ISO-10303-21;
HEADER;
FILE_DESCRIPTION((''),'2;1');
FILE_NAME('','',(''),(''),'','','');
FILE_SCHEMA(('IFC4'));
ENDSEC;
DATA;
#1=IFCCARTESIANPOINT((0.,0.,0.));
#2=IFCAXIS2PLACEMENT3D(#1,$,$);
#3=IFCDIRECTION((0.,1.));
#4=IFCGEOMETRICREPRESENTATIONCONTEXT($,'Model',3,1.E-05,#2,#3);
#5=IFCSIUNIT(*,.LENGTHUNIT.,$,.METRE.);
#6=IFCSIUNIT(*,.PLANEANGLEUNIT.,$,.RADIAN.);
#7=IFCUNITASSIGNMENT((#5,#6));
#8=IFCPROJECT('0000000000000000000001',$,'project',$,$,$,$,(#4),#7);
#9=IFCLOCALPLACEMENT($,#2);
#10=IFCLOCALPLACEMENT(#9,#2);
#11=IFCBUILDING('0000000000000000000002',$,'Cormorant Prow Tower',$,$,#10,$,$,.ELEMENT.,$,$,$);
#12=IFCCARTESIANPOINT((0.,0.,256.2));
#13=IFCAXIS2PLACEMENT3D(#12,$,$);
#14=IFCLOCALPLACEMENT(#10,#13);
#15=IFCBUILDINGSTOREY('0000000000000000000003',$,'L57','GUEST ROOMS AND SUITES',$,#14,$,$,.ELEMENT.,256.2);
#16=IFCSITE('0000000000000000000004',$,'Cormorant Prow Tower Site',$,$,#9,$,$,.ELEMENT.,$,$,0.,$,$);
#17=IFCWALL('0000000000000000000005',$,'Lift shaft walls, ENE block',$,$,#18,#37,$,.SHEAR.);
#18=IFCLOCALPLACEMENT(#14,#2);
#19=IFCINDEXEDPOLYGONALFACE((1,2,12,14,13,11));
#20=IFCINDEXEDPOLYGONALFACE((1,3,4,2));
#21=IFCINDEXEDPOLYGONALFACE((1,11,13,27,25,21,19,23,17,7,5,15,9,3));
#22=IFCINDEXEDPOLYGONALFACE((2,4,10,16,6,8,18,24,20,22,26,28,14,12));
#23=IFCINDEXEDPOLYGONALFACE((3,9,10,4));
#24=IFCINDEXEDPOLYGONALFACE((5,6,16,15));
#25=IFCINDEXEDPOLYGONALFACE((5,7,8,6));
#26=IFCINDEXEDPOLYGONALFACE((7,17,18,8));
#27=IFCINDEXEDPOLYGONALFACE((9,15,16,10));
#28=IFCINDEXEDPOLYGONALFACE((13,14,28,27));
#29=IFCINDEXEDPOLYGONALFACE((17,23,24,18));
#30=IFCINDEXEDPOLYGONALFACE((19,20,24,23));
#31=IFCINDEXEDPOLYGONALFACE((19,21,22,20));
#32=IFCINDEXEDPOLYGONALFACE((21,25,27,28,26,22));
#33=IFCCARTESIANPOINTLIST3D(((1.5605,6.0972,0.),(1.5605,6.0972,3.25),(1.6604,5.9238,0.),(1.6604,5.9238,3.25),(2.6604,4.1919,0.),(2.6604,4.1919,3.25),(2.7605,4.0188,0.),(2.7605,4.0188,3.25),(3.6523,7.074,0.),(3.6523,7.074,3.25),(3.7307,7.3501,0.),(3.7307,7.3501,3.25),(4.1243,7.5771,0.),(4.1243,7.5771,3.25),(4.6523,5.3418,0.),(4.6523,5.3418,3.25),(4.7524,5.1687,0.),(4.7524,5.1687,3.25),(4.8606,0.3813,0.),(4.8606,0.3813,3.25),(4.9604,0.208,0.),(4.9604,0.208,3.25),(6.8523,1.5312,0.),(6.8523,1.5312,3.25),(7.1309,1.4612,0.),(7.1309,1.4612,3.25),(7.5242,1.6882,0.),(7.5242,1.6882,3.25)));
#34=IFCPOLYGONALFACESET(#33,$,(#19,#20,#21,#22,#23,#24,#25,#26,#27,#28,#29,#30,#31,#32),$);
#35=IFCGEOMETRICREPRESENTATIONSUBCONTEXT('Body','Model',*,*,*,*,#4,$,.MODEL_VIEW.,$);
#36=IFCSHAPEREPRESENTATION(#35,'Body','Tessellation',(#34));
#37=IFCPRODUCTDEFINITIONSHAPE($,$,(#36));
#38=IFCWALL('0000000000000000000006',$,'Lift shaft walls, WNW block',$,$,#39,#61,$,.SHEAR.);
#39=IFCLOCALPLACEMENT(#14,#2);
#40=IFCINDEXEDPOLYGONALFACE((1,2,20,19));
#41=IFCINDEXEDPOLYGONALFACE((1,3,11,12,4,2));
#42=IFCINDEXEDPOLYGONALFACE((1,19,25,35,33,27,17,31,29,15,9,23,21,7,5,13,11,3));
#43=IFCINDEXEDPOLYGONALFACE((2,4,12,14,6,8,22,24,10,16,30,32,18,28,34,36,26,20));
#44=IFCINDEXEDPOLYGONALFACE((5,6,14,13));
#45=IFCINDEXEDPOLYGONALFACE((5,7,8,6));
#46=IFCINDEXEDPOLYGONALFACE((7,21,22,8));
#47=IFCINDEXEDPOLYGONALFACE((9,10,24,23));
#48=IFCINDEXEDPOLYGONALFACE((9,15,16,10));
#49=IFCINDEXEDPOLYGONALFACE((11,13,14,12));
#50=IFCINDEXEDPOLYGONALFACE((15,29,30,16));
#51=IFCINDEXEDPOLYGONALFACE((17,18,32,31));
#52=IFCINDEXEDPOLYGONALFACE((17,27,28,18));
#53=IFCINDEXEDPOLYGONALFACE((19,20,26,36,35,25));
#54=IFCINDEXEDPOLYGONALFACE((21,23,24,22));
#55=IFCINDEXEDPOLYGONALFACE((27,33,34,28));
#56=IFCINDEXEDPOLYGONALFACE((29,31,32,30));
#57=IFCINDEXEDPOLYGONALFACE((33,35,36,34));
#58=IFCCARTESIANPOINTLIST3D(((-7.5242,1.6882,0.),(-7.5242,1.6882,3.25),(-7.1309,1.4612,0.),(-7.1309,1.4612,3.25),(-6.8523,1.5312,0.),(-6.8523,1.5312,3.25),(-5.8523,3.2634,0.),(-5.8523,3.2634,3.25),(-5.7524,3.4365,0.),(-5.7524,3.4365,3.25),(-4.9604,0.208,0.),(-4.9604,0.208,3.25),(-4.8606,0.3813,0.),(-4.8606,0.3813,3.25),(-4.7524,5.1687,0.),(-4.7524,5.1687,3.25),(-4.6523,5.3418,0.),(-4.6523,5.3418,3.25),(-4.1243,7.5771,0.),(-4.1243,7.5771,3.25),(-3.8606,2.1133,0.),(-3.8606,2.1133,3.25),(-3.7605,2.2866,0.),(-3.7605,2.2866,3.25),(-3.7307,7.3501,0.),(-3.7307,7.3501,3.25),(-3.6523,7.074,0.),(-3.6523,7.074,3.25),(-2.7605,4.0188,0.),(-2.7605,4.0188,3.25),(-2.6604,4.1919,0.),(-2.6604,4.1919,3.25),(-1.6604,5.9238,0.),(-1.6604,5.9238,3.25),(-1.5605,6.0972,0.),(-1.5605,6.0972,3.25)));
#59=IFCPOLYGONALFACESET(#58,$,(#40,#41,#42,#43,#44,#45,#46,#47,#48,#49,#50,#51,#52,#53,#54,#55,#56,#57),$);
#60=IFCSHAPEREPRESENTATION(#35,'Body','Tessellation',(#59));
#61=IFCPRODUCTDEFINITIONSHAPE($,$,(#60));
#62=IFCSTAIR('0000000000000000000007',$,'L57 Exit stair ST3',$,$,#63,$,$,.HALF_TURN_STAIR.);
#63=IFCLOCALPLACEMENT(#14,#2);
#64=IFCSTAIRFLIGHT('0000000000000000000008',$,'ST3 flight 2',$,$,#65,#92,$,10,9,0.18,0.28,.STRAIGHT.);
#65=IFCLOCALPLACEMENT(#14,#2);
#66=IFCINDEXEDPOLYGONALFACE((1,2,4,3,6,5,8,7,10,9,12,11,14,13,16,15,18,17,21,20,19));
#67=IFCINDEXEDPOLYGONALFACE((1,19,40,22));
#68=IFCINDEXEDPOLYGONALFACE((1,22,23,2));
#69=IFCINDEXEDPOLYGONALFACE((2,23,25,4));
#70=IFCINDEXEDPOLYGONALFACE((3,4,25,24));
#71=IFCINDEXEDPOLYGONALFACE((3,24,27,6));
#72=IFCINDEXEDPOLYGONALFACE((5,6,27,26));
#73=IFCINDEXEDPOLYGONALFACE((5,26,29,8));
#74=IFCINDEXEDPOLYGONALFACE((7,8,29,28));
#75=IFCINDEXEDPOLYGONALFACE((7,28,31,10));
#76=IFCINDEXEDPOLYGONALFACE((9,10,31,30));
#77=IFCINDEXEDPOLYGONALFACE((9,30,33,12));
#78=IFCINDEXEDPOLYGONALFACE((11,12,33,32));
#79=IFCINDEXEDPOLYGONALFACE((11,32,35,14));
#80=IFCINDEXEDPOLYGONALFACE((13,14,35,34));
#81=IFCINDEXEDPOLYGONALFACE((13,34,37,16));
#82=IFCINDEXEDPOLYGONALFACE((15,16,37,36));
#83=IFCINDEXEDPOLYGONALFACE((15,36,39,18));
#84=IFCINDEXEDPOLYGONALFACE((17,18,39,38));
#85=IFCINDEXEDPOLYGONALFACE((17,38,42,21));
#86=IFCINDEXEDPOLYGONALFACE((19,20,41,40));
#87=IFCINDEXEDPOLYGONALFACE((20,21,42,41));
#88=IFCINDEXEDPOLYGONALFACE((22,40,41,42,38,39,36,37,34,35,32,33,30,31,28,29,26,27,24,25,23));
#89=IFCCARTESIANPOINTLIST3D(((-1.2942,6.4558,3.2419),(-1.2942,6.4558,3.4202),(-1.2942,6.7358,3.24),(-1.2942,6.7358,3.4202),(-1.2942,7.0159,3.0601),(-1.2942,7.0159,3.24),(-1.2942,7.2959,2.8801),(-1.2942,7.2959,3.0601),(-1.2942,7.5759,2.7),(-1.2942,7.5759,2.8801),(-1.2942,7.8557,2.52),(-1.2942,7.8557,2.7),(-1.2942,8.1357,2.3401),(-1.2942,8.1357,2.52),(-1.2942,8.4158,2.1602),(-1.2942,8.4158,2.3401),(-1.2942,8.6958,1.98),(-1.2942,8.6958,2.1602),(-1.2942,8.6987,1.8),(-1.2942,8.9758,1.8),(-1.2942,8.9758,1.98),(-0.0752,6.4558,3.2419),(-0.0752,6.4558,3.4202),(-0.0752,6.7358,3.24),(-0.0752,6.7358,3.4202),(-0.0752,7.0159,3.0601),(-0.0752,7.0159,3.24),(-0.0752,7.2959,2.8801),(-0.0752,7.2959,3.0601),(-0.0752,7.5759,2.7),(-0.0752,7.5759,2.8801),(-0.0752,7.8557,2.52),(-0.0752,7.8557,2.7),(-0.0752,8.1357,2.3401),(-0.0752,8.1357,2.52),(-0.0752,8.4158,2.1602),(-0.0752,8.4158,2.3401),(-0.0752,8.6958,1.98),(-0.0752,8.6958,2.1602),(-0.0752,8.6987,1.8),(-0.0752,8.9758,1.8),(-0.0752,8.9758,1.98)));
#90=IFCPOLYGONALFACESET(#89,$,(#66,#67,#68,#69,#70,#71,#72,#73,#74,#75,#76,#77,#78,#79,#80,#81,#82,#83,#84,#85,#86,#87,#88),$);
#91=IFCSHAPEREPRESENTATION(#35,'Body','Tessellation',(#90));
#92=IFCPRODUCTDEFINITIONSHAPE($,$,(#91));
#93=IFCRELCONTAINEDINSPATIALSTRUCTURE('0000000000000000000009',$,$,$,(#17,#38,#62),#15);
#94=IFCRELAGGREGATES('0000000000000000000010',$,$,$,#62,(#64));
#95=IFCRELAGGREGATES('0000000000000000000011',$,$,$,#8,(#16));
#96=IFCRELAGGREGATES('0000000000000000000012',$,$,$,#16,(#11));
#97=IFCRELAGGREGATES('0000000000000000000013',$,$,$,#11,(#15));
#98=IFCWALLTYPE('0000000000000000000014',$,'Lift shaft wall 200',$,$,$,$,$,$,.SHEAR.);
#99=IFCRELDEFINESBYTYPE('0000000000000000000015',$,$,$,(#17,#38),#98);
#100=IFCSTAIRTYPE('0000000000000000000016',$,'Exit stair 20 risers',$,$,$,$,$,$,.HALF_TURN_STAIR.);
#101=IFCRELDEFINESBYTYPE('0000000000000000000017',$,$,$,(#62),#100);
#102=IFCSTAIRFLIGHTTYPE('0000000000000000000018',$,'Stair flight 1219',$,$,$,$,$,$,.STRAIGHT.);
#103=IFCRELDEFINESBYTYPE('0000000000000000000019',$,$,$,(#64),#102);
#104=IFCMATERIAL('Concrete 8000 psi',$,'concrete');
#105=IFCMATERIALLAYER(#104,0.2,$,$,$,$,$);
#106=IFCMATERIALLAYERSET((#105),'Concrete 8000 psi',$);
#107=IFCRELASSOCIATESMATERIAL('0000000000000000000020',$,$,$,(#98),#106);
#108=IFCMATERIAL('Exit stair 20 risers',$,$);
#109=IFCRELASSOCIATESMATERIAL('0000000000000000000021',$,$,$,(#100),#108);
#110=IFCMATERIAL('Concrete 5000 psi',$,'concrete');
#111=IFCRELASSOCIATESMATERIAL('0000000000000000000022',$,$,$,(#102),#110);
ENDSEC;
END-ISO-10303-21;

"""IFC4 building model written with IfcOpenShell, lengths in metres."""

from ifc_helpers import new_model, si_unit, direction, frame, origin, place, context, subcontext, project, spatial, polyline, outline, extrude, material, layer, layer_set, type_object, element, aggregate, save


model = new_model("IFC4")

# Units and contexts
model_context = context("Model", 3, precision=1e-05, world=origin(), true_north=direction((0.0, 1.0)))
body_context = subcontext(model_context, "Body", "Model", "MODEL_VIEW")
ifc_project = project(units=[si_unit("LENGTHUNIT", "METRE"), si_unit("PLANEANGLEUNIT", "RADIAN")], contexts=[model_context])

# Site, building, storey
site_placement = place(None, origin())
site = spatial("IfcSite", under=ifc_project, at=site_placement, Name="Cormorant Prow Tower Site", CompositionType="ELEMENT", RefElevation=0.0)
building_placement = place(site_placement, origin())
building = spatial("IfcBuilding", under=site, at=building_placement, Name="Cormorant Prow Tower", CompositionType="ELEMENT")
storey_placement = place(building_placement, frame((0.0, 0.0, 256.2)))
storey = spatial("IfcBuildingStorey", under=building, at=storey_placement, Name="L57", Description="GUEST ROOMS AND SUITES", CompositionType="ELEMENT", Elevation=256.2)

# Walls
ifc_material_1 = material(Name="Concrete 8000 psi", Category="concrete")
ifc_layer_1 = layer(ifc_material_1, 0.2)
ifc_layer_set_1 = layer_set([ifc_layer_1], Name="Concrete 8000 psi")
wall_type_1 = type_object("IfcWallType", Name="Lift shaft wall 200", PredefinedType="SHEAR", material=ifc_layer_set_1)
wall_1_placement = place(storey_placement, origin())
element("IfcWall", 1, at=wall_1_placement, inside=storey, type_object=wall_type_1, Name="Lift shaft walls, ENE block", PredefinedType="SHEAR", context=body_context, shape_type="SweptSolid", body=[
    extrude(outline(polyline([(7.5242, 1.6882), (7.1309, 1.4612), (4.9604, 0.208), (4.8606, 0.3813), (6.8523, 1.5312), (4.7524, 5.1687), (2.7605, 4.0188), (2.6604, 4.1919), (4.6523, 5.3418), (3.6523, 7.074), (1.6604, 5.9238), (1.5605, 6.0972), (3.7307, 7.3501), (4.1243, 7.5771), (7.5242, 1.6882)])), origin(), (0.0, 0.0, 1.0), 3.25),
])
wall_2_placement = place(storey_placement, origin())
element("IfcWall", 2, at=wall_2_placement, inside=storey, type_object=wall_type_1, Name="Lift shaft walls, WNW block", PredefinedType="SHEAR", context=body_context, shape_type="SweptSolid", body=[
    extrude(outline(polyline([(-7.5242, 1.6882), (-4.1243, 7.5771), (-3.7307, 7.3501), (-1.5605, 6.0972), (-1.6604, 5.9238), (-3.6523, 7.074), (-4.6523, 5.3418), (-2.6604, 4.1919), (-2.7605, 4.0188), (-4.7524, 5.1687), (-5.7524, 3.4365), (-3.7605, 2.2866), (-3.8606, 2.1133), (-5.8523, 3.2634), (-6.8523, 1.5312), (-4.8606, 0.3813), (-4.9604, 0.208), (-7.1309, 1.4612), (-7.5242, 1.6882)])), origin(), (0.0, 0.0, 1.0), 3.25),
])

# Stair, stair flight
ifc_material_2 = material(Name="Exit stair 20 risers")
stair_type = type_object("IfcStairType", Name="Exit stair 20 risers", PredefinedType="HALF_TURN_STAIR", material=ifc_material_2)
stair_placement = place(storey_placement, origin())
stair = element("IfcStair", 3, at=stair_placement, inside=storey, type_object=stair_type, Name="L57 Exit stair ST3", PredefinedType="HALF_TURN_STAIR")
ifc_material_3 = material(Name="Concrete 5000 psi", Category="concrete")
stair_flight_type = type_object("IfcStairFlightType", Name="Stair flight 1219", PredefinedType="STRAIGHT", material=ifc_material_3)
stair_flight_placement = place(storey_placement, frame((-0.6846, 8.9758, 1.8), z_axis=(0.0, 0.0, 1.0), x_axis=(0.0, -1.0, 0.0)))
stair_flight = element("IfcStairFlight", 4, at=stair_flight_placement, type_object=stair_flight_type, Name="ST3 flight 2", NumberOfRisers=10, NumberOfTreads=9, PredefinedType="STRAIGHT", RiserHeight=0.18, TreadLength=0.28, context=body_context, shape_type="SweptSolid", body=[
    extrude(outline(polyline([(0.0, 0.0), (0.0, 0.1799), (0.28, 0.1799), (0.28, 0.3601), (0.5601, 0.3601), (0.5601, 0.54), (0.8401, 0.54), (0.8401, 0.72), (1.1201, 0.72), (1.1201, 0.8999), (1.3999, 0.8999), (1.3999, 1.0801), (1.6799, 1.0801), (1.6799, 1.26), (1.96, 1.26), (1.96, 1.4399), (2.24, 1.4399), (2.24, 1.6201), (2.52, 1.6201), (2.52, 1.8), (2.52, 1.4419), (0.2771, 0.0), (0.0, 0.0)])), frame((0.0, 0.6094, 0.0), z_axis=(0.0, -1.0, 0.0), x_axis=(1.0, 0.0, 0.0)), (0.0, 0.0, 1.0), 1.219),
])
aggregate(stair, [stair_flight])

save(model, "model.ifc")
